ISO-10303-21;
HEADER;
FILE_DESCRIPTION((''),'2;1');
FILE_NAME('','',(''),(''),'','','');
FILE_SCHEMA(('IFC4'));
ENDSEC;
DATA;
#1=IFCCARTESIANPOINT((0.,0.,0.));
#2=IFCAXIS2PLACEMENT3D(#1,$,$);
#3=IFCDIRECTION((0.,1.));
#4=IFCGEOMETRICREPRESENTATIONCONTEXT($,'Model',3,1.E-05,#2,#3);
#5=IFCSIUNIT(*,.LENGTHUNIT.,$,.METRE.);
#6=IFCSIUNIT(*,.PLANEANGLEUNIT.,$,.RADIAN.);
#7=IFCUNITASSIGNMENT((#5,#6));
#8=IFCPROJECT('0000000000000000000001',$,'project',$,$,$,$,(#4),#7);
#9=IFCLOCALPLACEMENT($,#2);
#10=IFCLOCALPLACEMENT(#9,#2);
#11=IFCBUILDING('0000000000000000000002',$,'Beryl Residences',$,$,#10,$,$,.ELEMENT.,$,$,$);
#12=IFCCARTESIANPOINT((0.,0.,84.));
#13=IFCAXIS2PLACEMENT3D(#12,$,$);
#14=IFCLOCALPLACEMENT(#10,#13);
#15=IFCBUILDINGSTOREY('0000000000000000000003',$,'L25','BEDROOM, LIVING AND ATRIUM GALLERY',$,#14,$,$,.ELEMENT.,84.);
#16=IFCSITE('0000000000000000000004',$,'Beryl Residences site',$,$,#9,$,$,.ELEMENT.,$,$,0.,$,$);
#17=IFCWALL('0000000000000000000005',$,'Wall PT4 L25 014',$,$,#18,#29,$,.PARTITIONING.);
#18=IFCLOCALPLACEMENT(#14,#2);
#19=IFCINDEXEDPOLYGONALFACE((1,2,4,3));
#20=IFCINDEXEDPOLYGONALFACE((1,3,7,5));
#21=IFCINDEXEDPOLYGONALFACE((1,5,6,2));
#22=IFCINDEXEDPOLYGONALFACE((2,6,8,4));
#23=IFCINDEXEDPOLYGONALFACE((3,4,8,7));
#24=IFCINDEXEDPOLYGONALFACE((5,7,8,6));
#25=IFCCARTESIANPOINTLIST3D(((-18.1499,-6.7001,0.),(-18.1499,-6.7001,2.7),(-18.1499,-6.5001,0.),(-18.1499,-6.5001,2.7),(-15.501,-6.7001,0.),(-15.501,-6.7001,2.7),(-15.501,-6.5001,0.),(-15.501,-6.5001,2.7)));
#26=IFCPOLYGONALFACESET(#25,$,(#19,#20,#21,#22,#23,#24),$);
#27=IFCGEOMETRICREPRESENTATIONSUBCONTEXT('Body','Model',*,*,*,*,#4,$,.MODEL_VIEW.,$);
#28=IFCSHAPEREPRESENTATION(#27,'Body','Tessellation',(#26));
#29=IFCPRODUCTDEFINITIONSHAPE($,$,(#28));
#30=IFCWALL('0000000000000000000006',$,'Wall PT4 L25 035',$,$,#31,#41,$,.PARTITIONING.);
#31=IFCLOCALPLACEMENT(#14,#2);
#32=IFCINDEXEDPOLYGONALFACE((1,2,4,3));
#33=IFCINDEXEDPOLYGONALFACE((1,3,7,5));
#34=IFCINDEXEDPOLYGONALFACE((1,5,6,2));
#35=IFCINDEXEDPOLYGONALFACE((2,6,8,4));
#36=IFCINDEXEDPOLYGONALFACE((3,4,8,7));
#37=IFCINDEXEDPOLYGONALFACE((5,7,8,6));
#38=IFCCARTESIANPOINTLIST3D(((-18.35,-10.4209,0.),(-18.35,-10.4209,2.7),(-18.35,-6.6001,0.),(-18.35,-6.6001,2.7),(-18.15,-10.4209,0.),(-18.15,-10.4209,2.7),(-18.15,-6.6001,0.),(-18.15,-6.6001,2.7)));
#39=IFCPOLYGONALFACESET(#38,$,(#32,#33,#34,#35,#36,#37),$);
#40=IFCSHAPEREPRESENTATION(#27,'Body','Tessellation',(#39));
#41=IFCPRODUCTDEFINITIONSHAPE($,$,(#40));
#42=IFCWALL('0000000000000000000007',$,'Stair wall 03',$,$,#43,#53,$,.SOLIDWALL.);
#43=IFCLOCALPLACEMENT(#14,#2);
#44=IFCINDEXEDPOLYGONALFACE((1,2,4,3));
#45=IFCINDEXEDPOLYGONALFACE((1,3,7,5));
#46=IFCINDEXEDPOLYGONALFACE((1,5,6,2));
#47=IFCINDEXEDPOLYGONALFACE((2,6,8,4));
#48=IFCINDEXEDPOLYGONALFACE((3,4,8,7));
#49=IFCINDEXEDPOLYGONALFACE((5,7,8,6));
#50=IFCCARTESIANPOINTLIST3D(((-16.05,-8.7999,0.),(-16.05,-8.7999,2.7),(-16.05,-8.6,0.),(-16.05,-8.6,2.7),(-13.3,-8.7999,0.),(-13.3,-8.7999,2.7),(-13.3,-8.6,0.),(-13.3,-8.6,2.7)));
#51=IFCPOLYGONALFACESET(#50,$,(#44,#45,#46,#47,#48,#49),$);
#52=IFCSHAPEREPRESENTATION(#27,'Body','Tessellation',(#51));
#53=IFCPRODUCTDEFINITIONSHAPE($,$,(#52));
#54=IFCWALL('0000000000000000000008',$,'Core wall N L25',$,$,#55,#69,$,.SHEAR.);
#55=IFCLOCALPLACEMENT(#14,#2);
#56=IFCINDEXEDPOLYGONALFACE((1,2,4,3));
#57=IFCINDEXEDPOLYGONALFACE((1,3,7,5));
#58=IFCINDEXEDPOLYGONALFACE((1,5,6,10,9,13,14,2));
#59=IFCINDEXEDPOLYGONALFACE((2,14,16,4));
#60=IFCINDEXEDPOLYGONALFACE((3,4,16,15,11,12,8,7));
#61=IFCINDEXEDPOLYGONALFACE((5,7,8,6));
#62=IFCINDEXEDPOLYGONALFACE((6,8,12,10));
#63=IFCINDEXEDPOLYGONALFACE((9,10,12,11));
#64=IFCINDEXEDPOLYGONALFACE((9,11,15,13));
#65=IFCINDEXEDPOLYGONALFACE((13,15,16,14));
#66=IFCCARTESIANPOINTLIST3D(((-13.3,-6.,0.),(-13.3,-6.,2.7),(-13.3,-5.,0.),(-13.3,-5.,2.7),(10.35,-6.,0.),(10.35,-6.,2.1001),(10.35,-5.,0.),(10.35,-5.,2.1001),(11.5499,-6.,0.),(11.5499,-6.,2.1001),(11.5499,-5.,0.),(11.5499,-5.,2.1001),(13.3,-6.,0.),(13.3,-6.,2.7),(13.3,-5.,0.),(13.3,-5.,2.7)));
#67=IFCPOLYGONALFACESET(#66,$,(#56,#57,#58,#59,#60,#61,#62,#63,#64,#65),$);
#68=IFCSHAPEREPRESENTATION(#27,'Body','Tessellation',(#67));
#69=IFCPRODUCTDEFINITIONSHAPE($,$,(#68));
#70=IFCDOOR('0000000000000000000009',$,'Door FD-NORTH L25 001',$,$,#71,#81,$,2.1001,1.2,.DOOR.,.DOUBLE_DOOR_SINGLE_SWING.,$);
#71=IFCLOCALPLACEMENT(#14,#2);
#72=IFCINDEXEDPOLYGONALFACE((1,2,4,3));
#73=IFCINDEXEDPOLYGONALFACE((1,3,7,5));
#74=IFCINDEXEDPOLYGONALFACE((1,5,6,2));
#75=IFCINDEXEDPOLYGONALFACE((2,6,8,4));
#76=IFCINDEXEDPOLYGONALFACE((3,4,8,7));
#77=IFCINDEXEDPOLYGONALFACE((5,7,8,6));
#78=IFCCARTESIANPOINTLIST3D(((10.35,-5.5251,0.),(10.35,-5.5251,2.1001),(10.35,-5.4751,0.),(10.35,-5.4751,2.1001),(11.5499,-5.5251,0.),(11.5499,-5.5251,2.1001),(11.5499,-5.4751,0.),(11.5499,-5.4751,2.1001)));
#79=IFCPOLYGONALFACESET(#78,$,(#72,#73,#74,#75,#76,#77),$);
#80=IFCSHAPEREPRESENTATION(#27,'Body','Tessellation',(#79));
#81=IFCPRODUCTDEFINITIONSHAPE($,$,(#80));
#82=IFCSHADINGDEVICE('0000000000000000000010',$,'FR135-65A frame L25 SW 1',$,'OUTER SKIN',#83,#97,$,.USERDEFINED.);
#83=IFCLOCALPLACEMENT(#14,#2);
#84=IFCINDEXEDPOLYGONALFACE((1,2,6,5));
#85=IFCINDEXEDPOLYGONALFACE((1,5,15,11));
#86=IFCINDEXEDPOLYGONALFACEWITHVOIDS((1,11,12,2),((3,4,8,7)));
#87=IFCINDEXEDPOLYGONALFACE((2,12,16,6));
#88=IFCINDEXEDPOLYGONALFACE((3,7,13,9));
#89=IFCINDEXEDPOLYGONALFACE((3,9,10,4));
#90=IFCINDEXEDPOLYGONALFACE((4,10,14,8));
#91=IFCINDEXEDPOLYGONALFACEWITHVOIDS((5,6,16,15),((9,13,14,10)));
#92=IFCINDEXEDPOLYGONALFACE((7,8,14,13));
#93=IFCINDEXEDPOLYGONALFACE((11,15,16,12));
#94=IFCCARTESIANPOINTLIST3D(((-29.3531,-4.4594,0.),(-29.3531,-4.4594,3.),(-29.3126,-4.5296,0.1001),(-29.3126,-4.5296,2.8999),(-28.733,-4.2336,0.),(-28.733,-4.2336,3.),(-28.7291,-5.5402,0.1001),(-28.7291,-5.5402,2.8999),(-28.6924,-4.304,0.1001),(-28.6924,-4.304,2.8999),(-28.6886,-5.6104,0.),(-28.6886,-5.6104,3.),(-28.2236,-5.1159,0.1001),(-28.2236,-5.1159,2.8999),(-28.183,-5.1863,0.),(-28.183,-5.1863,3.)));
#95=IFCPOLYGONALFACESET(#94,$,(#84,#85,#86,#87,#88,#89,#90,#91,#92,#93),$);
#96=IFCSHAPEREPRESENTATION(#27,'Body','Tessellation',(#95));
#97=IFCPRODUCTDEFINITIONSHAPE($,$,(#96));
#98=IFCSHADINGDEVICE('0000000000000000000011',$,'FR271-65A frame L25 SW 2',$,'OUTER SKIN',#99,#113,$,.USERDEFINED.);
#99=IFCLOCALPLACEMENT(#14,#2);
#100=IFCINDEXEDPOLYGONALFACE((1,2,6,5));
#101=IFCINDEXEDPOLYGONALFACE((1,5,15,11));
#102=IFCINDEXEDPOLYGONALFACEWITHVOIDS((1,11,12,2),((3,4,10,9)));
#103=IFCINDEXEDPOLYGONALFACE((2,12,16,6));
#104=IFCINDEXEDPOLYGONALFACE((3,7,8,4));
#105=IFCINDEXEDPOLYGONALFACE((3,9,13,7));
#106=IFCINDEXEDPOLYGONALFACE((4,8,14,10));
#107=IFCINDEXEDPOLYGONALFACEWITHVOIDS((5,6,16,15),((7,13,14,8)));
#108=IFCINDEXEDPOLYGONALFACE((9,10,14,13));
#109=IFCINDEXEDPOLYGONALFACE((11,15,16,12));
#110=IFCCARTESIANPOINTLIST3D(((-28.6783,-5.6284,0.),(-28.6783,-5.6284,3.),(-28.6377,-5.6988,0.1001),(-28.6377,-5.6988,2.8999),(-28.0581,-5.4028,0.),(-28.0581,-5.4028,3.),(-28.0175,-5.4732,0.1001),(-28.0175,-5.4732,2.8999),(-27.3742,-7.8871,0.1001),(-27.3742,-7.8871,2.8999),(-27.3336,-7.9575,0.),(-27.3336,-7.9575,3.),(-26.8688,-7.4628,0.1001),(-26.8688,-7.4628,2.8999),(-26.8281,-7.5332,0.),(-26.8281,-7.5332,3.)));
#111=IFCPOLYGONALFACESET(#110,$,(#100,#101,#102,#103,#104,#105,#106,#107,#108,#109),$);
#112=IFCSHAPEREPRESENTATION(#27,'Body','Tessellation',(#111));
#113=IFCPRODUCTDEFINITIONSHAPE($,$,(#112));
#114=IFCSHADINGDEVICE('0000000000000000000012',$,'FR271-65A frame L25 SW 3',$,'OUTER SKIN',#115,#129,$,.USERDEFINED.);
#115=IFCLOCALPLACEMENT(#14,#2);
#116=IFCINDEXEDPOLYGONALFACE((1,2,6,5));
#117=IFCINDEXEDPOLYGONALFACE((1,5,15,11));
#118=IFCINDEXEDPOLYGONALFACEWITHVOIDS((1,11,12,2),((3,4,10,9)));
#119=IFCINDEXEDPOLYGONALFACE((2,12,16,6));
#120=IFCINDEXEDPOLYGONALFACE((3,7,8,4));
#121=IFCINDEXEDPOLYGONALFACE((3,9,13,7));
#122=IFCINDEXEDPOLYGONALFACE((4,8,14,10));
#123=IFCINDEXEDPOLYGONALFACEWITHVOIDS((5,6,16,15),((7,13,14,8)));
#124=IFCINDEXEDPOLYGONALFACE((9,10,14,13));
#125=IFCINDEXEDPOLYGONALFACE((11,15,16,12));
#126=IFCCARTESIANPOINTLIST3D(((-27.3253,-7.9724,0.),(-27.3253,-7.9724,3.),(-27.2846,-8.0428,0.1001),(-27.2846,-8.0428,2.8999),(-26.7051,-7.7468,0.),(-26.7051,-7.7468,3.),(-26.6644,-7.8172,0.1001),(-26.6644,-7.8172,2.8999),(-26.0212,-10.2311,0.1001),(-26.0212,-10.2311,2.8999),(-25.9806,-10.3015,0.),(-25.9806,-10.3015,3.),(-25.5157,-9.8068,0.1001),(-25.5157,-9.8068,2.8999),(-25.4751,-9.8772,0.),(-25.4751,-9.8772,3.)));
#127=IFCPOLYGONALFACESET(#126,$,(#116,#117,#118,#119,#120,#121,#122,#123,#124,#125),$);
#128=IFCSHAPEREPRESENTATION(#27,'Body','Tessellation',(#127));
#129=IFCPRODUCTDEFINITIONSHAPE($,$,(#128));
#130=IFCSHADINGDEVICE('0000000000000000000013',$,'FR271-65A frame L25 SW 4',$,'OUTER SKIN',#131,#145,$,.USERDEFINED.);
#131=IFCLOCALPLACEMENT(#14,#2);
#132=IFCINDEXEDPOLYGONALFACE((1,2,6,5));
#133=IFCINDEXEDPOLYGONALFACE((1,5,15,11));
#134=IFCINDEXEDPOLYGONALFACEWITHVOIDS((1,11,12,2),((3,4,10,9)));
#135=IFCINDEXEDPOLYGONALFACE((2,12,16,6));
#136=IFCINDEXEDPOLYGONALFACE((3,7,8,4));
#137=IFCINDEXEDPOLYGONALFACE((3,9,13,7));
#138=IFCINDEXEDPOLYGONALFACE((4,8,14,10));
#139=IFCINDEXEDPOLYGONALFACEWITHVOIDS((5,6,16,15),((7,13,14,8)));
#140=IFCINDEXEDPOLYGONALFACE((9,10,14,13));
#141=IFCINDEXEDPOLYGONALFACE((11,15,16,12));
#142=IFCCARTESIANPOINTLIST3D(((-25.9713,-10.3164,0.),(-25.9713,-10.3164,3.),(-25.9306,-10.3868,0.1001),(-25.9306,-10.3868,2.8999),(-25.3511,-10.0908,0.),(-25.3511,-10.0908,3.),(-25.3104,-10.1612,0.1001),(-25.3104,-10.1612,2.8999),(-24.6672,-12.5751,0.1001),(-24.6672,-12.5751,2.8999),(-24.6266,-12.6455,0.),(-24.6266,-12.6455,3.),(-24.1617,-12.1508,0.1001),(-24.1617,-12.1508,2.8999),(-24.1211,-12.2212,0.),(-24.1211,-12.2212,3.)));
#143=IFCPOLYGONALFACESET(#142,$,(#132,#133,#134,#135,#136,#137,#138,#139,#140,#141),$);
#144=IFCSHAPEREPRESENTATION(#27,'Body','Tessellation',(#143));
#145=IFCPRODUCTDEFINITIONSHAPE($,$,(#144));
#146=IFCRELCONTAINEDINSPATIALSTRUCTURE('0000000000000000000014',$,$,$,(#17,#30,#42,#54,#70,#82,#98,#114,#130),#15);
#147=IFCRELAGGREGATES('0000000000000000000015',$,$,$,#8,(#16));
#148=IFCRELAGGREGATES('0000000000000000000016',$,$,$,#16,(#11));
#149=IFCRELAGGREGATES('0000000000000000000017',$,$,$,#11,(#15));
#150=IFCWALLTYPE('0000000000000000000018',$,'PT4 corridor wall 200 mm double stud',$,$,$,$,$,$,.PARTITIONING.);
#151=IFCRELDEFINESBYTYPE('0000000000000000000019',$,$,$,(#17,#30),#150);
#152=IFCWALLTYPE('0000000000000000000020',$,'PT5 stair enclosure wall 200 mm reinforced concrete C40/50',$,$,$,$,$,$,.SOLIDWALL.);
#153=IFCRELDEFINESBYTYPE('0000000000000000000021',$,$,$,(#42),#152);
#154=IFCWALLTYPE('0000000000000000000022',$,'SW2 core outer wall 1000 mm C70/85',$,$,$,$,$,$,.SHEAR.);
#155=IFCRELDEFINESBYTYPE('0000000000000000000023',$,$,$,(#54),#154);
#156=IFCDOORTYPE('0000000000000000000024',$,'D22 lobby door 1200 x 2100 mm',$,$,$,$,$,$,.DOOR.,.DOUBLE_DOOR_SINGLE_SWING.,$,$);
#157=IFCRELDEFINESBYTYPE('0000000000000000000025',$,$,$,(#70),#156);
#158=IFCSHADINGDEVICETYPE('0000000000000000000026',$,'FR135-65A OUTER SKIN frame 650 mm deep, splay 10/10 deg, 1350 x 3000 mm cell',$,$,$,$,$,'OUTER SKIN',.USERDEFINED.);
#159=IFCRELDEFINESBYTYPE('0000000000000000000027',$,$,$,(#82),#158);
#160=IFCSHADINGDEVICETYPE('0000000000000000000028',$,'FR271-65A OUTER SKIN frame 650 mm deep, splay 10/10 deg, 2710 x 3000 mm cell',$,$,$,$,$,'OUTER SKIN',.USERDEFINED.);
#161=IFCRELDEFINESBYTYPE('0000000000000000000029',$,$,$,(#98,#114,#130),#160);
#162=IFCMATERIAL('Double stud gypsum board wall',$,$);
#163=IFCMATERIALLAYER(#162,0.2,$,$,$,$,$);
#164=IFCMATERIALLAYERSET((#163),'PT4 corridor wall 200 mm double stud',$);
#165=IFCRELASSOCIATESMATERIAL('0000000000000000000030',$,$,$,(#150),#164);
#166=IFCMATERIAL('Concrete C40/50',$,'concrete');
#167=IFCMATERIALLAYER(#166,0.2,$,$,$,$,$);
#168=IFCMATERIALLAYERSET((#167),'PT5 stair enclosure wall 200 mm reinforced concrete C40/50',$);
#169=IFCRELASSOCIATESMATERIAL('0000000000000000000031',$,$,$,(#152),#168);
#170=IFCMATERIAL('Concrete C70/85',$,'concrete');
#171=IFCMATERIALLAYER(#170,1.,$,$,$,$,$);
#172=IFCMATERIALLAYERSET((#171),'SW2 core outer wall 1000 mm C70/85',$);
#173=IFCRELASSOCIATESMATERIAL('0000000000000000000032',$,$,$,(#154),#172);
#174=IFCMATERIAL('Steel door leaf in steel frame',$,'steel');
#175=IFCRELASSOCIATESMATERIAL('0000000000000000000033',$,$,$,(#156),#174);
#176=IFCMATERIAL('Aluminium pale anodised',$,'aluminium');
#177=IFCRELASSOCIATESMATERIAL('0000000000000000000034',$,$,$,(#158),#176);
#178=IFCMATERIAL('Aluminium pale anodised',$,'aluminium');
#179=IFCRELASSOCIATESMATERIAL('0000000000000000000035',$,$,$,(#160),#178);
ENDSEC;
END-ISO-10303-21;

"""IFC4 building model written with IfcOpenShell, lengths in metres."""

from ifc_helpers import new_model, entity, si_unit, direction, frame, frame_2d, origin, place, context, subcontext, project, spatial, rectangle, extrude, source, transform, mapped, material, layer, layer_set, type_object, type_shapes, element, fill, save


model = new_model("IFC4")

# Units and contexts
model_context = context("Model", 3, precision=1e-05, world=origin(), true_north=direction((0.0, 1.0)))
body_context = subcontext(model_context, "Body", "Model", "MODEL_VIEW")
ifc_project = project(units=[si_unit("LENGTHUNIT", "METRE"), si_unit("PLANEANGLEUNIT", "RADIAN")], contexts=[model_context])

# Site, building, storey
site_placement = place(None, origin())
site = spatial("IfcSite", under=ifc_project, at=site_placement, Name="Beryl Residences site", CompositionType="ELEMENT", RefElevation=0.0)
building_placement = place(site_placement, origin())
building = spatial("IfcBuilding", under=site, at=building_placement, Name="Beryl Residences", CompositionType="ELEMENT")
storey_placement = place(building_placement, frame((0.0, 0.0, 84.0)))
storey = spatial("IfcBuildingStorey", under=building, at=storey_placement, Name="L25", Description="BEDROOM, LIVING AND ATRIUM GALLERY", CompositionType="ELEMENT", Elevation=84.0)

# Walls
ifc_material_1 = material(Name="Double stud gypsum board wall")
ifc_layer_1 = layer(ifc_material_1, 0.2)
ifc_layer_set_1 = layer_set([ifc_layer_1], Name="PT4 corridor wall 200 mm double stud")
wall_type_1 = type_object("IfcWallType", Name="PT4 corridor wall 200 mm double stud", PredefinedType="PARTITIONING", material=ifc_layer_set_1)
wall_1_placement = place(storey_placement, frame((-18.1499, -6.6001, 0.0), z_axis=(0.0, 0.0, 1.0), x_axis=(1.0, 0.0, 0.0)))
element("IfcWall", 1, at=wall_1_placement, inside=storey, type_object=wall_type_1, Name="Wall PT4 L25 014", PredefinedType="PARTITIONING", context=body_context, shape_type="SweptSolid", body=[
    extrude(rectangle(XDim=2.6489, YDim=0.2, at=frame_2d((1.3245, 0.0))), origin(), (0.0, 0.0, 1.0), 2.7),
])
wall_2_placement = place(storey_placement, frame((-18.25, -10.4209, 0.0), z_axis=(0.0, 0.0, 1.0), x_axis=(0.0, 1.0, 0.0)))
element("IfcWall", 2, at=wall_2_placement, inside=storey, type_object=wall_type_1, Name="Wall PT4 L25 035", PredefinedType="PARTITIONING", context=body_context, shape_type="SweptSolid", body=[
    extrude(rectangle(XDim=3.8208, YDim=0.2, at=frame_2d((1.9104, 0.0))), origin(), (0.0, 0.0, 1.0), 2.7),
])
ifc_material_2 = material(Name="Concrete C40/50", Category="concrete")
ifc_layer_2 = layer(ifc_material_2, 0.2)
ifc_layer_set_2 = layer_set([ifc_layer_2], Name="PT5 stair enclosure wall 200 mm reinforced concrete C40/50")
wall_type_2 = type_object("IfcWallType", Name="PT5 stair enclosure wall 200 mm reinforced concrete C40/50", PredefinedType="SOLIDWALL", material=ifc_layer_set_2)
wall_3_placement = place(storey_placement, frame((-16.05, -8.7, 0.0), z_axis=(0.0, 0.0, 1.0), x_axis=(1.0, 0.0, 0.0)))
element("IfcWall", 3, at=wall_3_placement, inside=storey, type_object=wall_type_2, Name="Stair wall 03", PredefinedType="SOLIDWALL", context=body_context, shape_type="SweptSolid", body=[
    extrude(rectangle(XDim=2.75, YDim=0.2, at=frame_2d((1.375, 0.0))), origin(), (0.0, 0.0, 1.0), 2.7),
])

# Wall, opening, door
ifc_material_3 = material(Name="Concrete C70/85", Category="concrete")
ifc_layer_3 = layer(ifc_material_3, 1.0)
ifc_layer_set_3 = layer_set([ifc_layer_3], Name="SW2 core outer wall 1000 mm C70/85")
wall_type_3 = type_object("IfcWallType", Name="SW2 core outer wall 1000 mm C70/85", PredefinedType="SHEAR", material=ifc_layer_set_3)
wall_4_placement = place(storey_placement, frame((-13.3, -5.5, 0.0), z_axis=(0.0, 0.0, 1.0), x_axis=(1.0, 0.0, 0.0)))
wall_4 = element("IfcWall", 4, at=wall_4_placement, inside=storey, type_object=wall_type_3, Name="Core wall N L25", PredefinedType="SHEAR", context=body_context, shape_type="SweptSolid", body=[
    extrude(rectangle(XDim=26.6001, YDim=1.0, at=frame_2d((13.3, 0.0))), origin(), (0.0, 0.0, 1.0), 2.7),
])
opening_1_placement = place(wall_4_placement, frame((23.6499, 0.0, 0.0)))
opening_1 = element("IfcOpeningElement", 5, at=opening_1_placement, cuts=wall_4, PredefinedType="OPENING", context=body_context, shape_type="SweptSolid", body=[
    extrude(rectangle(XDim=1.2, YDim=2.1001, at=frame_2d((0.6001, 1.05))), frame((0.0, 0.51, 0.0), z_axis=(0.0, -1.0, 0.0), x_axis=(1.0, 0.0, 0.0)), (0.0, 0.0, 1.0), 1.02),
])
ifc_material_4 = material(Name="Steel door leaf in steel frame", Category="steel")
door_type_1 = type_object("IfcDoorType", Name="D22 lobby door 1200 x 2100 mm", OperationType="DOUBLE_DOOR_SINGLE_SWING", PredefinedType="DOOR", material=ifc_material_4)
door_1_placement = place(opening_1_placement, origin())
door_1 = element("IfcDoor", 6, at=door_1_placement, inside=storey, type_object=door_type_1, Name="Door FD-NORTH L25 001", OperationType="DOUBLE_DOOR_SINGLE_SWING", OverallHeight=2.1001, OverallWidth=1.2, PredefinedType="DOOR", context=body_context, shape_type="SweptSolid", body=[
    extrude(rectangle(XDim=1.2, YDim=2.1001, at=frame_2d((0.6001, 1.05))), frame((0.0, 0.0249, 0.0), z_axis=(0.0, -1.0, 0.0), x_axis=(1.0, 0.0, 0.0)), (0.0, 0.0, 1.0), 0.05),
])
fill(opening_1, door_1)

# Shading devices
ifc_material_5 = material(Name="Aluminium pale anodised", Category="aluminium")
shading_device_type_1 = type_object("IfcShadingDeviceType", Name="FR135-65A OUTER SKIN frame 650 mm deep, splay 10/10 deg, 1350 x 3000 mm cell", ElementType="OUTER SKIN", PredefinedType="USERDEFINED", material=ifc_material_5)
cartesian_point_1 = entity("IfcCartesianPoint", [-0.55, 0.0])
cartesian_point_2 = entity("IfcCartesianPoint", [-0.4688, 0.1001])
cartesian_point_3 = entity("IfcCartesianPoint", [-0.6646, 0.0])
cartesian_point_4 = entity("IfcCartesianPoint", [-0.5835, 0.1001])
shared_shape_1 = source(origin(), body_context, "Body", "SweptSolid", [
    entity("IfcExtrudedAreaSolidTapered", entity("IfcArbitraryProfileDefWithVoids", "AREA", None, entity("IfcPolyline", [cartesian_point_1, entity("IfcCartesianPoint", [0.55, 0.0]), entity("IfcCartesianPoint", [0.55, 3.0]), entity("IfcCartesianPoint", [-0.55, 3.0]), cartesian_point_1]), [entity("IfcPolyline", [cartesian_point_2, entity("IfcCartesianPoint", [0.4688, 0.1001]), entity("IfcCartesianPoint", [0.4688, 2.8999]), entity("IfcCartesianPoint", [-0.4688, 2.8999]), cartesian_point_2])]), entity("IfcAxis2Placement3D", entity("IfcCartesianPoint", [0.0, 0.0, 0.0]), entity("IfcDirection", [0.0, 1.0, 0.0]), entity("IfcDirection", [-1.0, 0.0, 0.0])), entity("IfcDirection", [0.0, 0.0, 1.0]), 0.6499, entity("IfcArbitraryProfileDefWithVoids", "AREA", None, entity("IfcPolyline", [cartesian_point_3, entity("IfcCartesianPoint", [0.6646, 0.0]), entity("IfcCartesianPoint", [0.6646, 3.0]), entity("IfcCartesianPoint", [-0.6646, 3.0]), cartesian_point_3]), [entity("IfcPolyline", [cartesian_point_4, entity("IfcCartesianPoint", [0.5835, 0.1001]), entity("IfcCartesianPoint", [0.5835, 2.8999]), entity("IfcCartesianPoint", [-0.5835, 2.8999]), cartesian_point_4])])),
])
type_shapes(shading_device_type_1, [shared_shape_1])
shading_device_placement = place(storey_placement, frame((-28.458, -4.71, 0.0), z_axis=(0.0, 0.0, 1.0), x_axis=(-0.5, 0.866025, 0.0)))
element("IfcShadingDevice", 7, at=shading_device_placement, inside=storey, type_object=shading_device_type_1, Name="FR135-65A frame L25 SW 1", ObjectType="OUTER SKIN", PredefinedType="USERDEFINED", context=body_context, shape_type="MappedRepresentation", body=[
    mapped(shared_shape_1, transform((0.0, 0.0, 0.0))),
])
ifc_material_6 = material(Name="Aluminium pale anodised", Category="aluminium")
shading_device_type_2 = type_object("IfcShadingDeviceType", Name="FR271-65A OUTER SKIN frame 650 mm deep, splay 10/10 deg, 2710 x 3000 mm cell", ElementType="OUTER SKIN", PredefinedType="USERDEFINED", material=ifc_material_6)
cartesian_point_5 = entity("IfcCartesianPoint", [-1.23, 0.0])
cartesian_point_6 = entity("IfcCartesianPoint", [-1.1487, 0.1001])
cartesian_point_7 = entity("IfcCartesianPoint", [-1.3447, 0.0])
cartesian_point_8 = entity("IfcCartesianPoint", [-1.2634, 0.1001])
shared_shape_2 = source(origin(), body_context, "Body", "SweptSolid", [
    entity("IfcExtrudedAreaSolidTapered", entity("IfcArbitraryProfileDefWithVoids", "AREA", None, entity("IfcPolyline", [cartesian_point_5, entity("IfcCartesianPoint", [1.23, 0.0]), entity("IfcCartesianPoint", [1.23, 3.0]), entity("IfcCartesianPoint", [-1.23, 3.0]), cartesian_point_5]), [entity("IfcPolyline", [cartesian_point_6, entity("IfcCartesianPoint", [1.1487, 0.1001]), entity("IfcCartesianPoint", [1.1487, 2.8999]), entity("IfcCartesianPoint", [-1.1487, 2.8999]), cartesian_point_6])]), entity("IfcAxis2Placement3D", entity("IfcCartesianPoint", [0.0, 0.0, 0.0]), entity("IfcDirection", [0.0, 1.0, 0.0]), entity("IfcDirection", [-1.0, 0.0, 0.0])), entity("IfcDirection", [0.0, 0.0, 1.0]), 0.6499, entity("IfcArbitraryProfileDefWithVoids", "AREA", None, entity("IfcPolyline", [cartesian_point_7, entity("IfcCartesianPoint", [1.3447, 0.0]), entity("IfcCartesianPoint", [1.3447, 3.0]), entity("IfcCartesianPoint", [-1.3447, 3.0]), cartesian_point_7]), [entity("IfcPolyline", [cartesian_point_8, entity("IfcCartesianPoint", [1.2634, 0.1001]), entity("IfcCartesianPoint", [1.2634, 2.8999]), entity("IfcCartesianPoint", [-1.2634, 2.8999]), cartesian_point_8])])),
])
type_shapes(shading_device_type_2, [shared_shape_2])
for number, where, z_axis, x_axis, name in (
    (8, (-27.4431, -6.468, 0.0), (0.0, 0.0, 1.0), (-0.5, 0.866025, 0.0), "FR271-65A frame L25 SW 2"),
    (9, (-26.0901, -8.812, 0.0), (0.0, 0.0, 1.0), (-0.5, 0.866025, 0.0), "FR271-65A frame L25 SW 3"),
    (10, (-24.7361, -11.156, 0.0), (0.0, 0.0, 1.0), (-0.5, 0.866025, 0.0), "FR271-65A frame L25 SW 4"),
):
    element("IfcShadingDevice", number, at=place(storey_placement, frame(where, z_axis=z_axis, x_axis=x_axis)), inside=storey, type_object=shading_device_type_2, Name=name, ObjectType="OUTER SKIN", PredefinedType="USERDEFINED", context=body_context, shape_type="MappedRepresentation", body=[
        mapped(shared_shape_2, transform((0.0, 0.0, 0.0))),
    ])

save(model, "model.ifc")
